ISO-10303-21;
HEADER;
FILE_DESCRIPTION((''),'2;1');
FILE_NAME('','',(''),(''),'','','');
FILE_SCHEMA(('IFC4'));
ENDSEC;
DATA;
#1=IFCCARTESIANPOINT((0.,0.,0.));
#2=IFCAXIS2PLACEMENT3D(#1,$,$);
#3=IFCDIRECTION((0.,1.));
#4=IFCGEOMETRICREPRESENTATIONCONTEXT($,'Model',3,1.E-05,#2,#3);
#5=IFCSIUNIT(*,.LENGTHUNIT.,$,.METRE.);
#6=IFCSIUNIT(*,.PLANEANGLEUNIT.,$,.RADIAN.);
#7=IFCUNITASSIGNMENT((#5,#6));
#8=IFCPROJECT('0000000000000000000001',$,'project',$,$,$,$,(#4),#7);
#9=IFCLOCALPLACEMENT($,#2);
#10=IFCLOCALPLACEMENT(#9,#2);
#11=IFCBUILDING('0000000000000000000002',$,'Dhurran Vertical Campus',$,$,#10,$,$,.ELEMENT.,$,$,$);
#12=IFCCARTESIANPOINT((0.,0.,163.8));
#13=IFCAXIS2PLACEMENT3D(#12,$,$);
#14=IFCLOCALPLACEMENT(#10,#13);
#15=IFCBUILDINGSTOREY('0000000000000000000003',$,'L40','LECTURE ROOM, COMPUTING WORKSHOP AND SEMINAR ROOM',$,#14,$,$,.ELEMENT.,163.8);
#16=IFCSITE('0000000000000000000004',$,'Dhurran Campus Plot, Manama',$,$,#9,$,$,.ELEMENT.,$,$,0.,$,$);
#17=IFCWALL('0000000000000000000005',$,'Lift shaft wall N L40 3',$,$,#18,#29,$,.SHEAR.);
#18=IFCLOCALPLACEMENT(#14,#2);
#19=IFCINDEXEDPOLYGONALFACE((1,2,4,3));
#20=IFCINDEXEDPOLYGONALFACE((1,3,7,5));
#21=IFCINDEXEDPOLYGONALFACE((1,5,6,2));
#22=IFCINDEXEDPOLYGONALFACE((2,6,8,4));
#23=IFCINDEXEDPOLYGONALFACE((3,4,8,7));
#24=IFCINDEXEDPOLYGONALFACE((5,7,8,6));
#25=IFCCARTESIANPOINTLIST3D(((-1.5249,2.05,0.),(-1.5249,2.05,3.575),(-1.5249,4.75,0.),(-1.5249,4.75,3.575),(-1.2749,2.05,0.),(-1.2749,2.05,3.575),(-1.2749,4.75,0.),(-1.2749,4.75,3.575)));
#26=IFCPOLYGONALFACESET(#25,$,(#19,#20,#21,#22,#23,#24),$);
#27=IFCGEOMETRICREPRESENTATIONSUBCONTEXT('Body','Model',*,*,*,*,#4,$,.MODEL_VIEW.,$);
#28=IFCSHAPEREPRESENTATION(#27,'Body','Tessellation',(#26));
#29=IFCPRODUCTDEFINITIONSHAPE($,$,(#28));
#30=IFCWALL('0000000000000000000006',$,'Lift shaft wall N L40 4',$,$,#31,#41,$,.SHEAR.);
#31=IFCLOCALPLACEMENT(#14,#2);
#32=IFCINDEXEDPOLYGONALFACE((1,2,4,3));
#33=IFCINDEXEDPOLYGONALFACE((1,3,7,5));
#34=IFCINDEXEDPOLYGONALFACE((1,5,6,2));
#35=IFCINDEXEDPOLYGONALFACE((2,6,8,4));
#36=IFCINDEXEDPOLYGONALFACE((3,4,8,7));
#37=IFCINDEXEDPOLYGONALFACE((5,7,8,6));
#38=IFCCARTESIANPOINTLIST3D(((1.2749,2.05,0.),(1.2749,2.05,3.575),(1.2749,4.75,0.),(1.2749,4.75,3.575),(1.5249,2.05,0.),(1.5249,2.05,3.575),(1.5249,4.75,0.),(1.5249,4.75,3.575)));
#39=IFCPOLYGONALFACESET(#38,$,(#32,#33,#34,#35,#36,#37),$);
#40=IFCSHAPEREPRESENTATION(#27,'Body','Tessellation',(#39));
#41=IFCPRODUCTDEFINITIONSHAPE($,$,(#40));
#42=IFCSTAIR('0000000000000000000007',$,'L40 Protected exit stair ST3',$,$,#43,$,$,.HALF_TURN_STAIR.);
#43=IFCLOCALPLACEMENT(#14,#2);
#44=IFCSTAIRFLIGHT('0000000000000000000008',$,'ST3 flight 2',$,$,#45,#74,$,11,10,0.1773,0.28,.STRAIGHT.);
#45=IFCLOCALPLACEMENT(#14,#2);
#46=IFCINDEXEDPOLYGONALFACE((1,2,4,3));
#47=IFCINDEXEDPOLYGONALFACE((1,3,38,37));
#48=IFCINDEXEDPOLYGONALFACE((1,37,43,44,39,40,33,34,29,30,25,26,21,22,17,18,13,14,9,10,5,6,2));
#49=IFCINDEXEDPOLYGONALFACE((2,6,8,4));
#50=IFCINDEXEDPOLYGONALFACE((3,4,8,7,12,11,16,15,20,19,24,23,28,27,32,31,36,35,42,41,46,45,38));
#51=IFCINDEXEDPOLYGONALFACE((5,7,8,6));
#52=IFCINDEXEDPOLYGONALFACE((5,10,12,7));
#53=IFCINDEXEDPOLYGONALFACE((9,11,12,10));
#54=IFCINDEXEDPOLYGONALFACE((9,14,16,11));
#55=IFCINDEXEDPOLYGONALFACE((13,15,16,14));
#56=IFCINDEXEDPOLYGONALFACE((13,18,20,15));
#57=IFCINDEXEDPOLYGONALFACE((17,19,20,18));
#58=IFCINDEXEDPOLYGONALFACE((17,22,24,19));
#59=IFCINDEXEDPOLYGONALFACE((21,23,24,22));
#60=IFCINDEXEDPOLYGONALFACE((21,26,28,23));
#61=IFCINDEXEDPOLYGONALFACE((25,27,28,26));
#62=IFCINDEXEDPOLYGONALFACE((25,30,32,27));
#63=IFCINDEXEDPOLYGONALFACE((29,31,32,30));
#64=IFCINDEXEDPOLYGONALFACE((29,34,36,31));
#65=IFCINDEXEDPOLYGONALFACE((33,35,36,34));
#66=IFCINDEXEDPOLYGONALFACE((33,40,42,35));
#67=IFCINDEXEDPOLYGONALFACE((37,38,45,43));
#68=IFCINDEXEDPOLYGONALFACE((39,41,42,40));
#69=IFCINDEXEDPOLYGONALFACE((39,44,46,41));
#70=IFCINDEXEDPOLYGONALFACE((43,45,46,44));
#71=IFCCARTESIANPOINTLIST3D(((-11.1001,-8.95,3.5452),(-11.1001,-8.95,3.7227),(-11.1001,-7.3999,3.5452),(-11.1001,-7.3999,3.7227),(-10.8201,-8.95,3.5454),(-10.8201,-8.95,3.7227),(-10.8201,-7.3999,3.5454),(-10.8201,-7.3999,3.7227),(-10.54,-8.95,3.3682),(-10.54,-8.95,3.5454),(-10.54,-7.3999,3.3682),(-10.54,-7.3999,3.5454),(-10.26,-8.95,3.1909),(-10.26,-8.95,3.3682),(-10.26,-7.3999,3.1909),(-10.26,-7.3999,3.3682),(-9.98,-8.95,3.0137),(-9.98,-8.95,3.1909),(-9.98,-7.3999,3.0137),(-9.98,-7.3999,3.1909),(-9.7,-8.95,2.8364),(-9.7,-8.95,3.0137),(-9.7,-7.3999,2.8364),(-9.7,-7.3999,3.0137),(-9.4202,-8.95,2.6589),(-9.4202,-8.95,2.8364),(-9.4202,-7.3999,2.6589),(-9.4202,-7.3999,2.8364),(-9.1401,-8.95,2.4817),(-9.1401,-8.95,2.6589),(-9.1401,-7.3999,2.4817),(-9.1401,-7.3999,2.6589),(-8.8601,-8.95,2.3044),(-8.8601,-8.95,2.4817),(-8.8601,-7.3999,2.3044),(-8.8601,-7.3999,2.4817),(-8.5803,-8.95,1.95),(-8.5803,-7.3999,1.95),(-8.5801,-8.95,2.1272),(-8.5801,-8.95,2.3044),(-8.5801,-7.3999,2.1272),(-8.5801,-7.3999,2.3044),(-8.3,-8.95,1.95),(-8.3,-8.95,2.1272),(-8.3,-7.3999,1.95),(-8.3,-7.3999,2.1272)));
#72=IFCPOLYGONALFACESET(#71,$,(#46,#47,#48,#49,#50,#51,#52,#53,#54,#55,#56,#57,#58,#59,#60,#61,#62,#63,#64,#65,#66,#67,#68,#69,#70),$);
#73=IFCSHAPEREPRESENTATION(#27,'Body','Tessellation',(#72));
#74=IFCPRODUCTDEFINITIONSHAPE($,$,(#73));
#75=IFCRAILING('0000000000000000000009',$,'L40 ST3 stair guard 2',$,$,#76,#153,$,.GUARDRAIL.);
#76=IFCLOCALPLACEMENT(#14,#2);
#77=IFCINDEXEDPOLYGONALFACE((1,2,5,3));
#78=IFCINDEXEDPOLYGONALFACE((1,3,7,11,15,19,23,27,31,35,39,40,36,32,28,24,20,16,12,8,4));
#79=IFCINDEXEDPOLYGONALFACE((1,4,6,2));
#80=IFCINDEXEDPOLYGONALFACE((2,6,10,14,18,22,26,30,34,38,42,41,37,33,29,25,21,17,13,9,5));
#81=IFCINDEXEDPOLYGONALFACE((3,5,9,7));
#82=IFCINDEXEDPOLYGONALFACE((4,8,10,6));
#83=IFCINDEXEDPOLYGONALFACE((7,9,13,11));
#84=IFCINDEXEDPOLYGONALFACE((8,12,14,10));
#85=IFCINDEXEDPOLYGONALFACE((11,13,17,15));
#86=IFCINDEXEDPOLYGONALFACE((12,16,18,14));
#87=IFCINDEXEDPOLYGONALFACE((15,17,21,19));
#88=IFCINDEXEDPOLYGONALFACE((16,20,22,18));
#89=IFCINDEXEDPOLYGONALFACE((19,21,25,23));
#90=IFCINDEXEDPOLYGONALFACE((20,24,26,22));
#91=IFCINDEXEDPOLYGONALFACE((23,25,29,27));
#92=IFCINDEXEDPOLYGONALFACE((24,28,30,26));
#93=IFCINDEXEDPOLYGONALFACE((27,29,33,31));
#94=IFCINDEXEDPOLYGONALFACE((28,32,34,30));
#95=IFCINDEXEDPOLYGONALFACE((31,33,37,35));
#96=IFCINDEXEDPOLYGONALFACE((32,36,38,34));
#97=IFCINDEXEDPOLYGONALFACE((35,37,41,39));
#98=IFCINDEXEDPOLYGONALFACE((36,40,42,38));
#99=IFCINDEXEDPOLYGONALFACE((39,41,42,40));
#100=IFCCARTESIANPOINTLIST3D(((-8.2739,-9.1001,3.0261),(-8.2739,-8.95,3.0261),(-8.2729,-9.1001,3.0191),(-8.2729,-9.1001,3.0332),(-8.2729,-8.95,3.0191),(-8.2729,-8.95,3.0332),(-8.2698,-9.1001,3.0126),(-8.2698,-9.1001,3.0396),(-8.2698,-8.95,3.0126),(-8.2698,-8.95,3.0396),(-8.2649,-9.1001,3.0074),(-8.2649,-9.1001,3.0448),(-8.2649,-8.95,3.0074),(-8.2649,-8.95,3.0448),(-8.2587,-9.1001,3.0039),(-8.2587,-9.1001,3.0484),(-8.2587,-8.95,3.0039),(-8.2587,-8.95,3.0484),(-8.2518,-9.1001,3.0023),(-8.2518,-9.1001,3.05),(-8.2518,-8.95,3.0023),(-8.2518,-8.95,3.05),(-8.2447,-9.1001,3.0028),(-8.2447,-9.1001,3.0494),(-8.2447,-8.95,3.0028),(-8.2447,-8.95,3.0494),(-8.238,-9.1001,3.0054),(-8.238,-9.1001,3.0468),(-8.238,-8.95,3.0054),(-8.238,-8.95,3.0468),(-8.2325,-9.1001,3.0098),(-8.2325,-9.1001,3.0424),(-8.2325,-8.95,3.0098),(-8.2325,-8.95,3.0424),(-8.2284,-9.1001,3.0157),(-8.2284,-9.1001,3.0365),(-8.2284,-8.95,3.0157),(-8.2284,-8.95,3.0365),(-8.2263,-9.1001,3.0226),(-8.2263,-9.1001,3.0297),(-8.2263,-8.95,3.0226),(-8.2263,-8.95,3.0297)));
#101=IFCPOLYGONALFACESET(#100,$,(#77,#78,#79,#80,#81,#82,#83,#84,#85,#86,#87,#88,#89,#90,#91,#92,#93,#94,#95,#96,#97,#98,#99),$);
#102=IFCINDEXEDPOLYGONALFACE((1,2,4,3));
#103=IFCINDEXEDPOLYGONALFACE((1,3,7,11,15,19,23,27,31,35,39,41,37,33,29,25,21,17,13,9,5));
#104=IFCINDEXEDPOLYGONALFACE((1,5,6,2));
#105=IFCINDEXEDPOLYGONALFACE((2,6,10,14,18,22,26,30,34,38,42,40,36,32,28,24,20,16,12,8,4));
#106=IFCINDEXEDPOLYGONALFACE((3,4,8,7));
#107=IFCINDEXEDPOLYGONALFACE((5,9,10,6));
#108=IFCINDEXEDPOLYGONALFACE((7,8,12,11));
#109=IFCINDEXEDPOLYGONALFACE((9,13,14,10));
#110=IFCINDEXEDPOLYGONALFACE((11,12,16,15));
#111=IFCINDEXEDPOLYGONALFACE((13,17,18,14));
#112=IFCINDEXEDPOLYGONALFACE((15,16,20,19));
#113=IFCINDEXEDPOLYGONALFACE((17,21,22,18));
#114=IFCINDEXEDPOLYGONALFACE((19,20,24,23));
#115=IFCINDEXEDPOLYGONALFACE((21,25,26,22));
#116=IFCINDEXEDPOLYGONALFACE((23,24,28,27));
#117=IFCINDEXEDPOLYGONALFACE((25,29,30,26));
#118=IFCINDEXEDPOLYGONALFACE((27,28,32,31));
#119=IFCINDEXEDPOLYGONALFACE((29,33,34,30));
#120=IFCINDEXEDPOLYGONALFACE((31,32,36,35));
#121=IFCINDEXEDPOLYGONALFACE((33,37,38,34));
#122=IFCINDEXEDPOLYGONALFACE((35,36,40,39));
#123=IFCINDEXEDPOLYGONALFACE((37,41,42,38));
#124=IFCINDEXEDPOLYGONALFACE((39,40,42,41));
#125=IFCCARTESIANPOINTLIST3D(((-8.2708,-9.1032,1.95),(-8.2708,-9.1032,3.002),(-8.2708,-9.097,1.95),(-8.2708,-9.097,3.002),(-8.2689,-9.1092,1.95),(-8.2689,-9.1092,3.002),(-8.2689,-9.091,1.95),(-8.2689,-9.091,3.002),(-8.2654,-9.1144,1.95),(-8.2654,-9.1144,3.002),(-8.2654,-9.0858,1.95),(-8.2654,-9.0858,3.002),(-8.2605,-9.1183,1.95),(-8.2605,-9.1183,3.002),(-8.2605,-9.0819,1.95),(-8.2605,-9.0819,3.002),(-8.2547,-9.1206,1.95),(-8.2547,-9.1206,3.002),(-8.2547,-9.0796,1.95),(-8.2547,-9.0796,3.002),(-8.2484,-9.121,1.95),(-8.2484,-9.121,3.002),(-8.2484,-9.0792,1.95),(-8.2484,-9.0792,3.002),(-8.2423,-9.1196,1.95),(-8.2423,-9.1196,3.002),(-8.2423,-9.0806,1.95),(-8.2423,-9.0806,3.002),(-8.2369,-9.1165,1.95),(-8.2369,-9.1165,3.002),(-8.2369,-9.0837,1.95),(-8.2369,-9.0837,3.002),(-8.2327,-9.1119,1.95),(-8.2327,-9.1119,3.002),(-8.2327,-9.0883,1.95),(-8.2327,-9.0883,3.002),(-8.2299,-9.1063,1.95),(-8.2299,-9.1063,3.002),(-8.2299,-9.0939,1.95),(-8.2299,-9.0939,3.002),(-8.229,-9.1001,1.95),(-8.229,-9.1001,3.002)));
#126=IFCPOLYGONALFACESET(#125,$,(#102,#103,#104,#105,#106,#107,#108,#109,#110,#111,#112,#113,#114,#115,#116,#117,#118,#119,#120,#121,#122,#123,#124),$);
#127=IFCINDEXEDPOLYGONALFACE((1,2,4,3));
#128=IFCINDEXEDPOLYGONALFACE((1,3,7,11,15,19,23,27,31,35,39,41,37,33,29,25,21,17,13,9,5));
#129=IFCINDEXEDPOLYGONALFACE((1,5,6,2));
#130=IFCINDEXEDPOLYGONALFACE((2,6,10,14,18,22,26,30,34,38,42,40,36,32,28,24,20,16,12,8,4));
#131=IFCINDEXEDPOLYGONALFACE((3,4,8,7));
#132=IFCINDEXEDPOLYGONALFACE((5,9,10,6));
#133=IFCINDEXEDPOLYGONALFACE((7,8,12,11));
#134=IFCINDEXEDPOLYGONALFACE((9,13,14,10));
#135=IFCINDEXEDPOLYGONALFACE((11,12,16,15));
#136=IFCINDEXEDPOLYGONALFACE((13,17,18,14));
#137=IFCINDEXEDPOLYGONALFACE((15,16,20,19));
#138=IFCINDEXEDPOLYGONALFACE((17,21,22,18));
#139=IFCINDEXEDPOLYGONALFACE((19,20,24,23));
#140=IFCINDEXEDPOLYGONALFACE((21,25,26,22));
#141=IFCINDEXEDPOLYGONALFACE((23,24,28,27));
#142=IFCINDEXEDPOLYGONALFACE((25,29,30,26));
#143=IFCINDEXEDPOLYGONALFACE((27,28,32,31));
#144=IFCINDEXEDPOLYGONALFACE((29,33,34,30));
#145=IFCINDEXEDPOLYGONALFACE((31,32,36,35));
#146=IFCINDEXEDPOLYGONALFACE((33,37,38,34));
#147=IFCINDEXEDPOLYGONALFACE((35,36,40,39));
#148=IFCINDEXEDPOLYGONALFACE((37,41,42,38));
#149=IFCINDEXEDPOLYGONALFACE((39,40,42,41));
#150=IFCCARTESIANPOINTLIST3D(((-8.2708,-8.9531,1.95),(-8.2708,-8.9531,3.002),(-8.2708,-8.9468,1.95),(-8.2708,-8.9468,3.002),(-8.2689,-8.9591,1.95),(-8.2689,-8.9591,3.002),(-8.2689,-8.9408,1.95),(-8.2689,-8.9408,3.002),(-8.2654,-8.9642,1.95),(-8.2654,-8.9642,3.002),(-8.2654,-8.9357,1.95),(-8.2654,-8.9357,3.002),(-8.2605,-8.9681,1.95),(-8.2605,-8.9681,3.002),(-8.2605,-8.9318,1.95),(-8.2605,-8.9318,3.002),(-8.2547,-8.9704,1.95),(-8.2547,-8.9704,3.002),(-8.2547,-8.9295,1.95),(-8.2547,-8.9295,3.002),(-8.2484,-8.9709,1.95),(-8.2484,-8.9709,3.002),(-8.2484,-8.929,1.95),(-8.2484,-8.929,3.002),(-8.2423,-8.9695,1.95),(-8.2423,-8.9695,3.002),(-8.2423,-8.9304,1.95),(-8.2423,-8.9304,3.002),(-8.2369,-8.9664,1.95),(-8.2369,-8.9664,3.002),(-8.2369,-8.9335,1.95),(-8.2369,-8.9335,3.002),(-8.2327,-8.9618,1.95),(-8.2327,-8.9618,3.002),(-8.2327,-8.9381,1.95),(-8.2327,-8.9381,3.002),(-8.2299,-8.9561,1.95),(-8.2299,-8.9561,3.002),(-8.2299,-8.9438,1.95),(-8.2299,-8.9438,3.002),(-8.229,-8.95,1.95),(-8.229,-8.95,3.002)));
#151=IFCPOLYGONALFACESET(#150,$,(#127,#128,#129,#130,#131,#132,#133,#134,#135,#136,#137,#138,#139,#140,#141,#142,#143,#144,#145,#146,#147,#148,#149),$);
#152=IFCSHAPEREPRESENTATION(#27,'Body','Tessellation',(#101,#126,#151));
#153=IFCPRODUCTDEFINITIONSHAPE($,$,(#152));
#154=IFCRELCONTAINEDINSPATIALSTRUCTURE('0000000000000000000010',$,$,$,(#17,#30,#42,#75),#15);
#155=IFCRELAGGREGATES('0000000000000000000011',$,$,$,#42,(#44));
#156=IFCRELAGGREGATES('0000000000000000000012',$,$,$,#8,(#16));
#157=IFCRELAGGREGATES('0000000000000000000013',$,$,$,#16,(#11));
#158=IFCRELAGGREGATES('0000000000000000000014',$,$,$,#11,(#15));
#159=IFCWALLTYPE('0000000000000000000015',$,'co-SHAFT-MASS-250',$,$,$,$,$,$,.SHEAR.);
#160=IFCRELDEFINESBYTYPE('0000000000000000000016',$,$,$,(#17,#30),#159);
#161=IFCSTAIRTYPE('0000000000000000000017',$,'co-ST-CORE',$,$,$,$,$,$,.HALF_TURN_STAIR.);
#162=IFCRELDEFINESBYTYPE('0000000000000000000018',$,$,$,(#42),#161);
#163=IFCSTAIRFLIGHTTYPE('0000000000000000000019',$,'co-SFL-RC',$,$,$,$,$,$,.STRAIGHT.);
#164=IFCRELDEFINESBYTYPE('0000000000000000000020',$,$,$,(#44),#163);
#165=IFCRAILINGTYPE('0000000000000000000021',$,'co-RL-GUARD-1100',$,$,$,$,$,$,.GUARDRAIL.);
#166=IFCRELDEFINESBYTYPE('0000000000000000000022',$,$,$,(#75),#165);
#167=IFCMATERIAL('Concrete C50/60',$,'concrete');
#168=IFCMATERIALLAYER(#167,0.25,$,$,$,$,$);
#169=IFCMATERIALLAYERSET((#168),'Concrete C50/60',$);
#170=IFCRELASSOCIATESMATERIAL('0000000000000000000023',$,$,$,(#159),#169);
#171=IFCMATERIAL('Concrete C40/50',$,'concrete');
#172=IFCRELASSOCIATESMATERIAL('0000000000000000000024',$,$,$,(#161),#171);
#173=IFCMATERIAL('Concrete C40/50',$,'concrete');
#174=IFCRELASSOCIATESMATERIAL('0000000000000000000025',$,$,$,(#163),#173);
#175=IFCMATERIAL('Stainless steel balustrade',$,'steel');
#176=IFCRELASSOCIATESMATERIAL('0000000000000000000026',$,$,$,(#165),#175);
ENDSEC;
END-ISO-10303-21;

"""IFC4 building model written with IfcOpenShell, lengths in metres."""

from ifc_helpers import new_model, si_unit, direction, frame, origin, origin_2d, place, context, subcontext, project, spatial, polyline, circle, outline, extrude, material, layer, layer_set, type_object, element, aggregate, save


model = new_model("IFC4")

# Units and contexts
model_context = context("Model", 3, precision=1e-05, world=origin(), true_north=direction((0.0, 1.0)))
body_context = subcontext(model_context, "Body", "Model", "MODEL_VIEW")
ifc_project = project(units=[si_unit("LENGTHUNIT", "METRE"), si_unit("PLANEANGLEUNIT", "RADIAN")], contexts=[model_context])

# Site, building, storey
site_placement = place(None, origin())
site = spatial("IfcSite", under=ifc_project, at=site_placement, Name="Dhurran Campus Plot, Manama", CompositionType="ELEMENT", RefElevation=0.0)
building_placement = place(site_placement, origin())
building = spatial("IfcBuilding", under=site, at=building_placement, Name="Dhurran Vertical Campus", CompositionType="ELEMENT")
storey_placement = place(building_placement, frame((0.0, 0.0, 163.8)))
storey = spatial("IfcBuildingStorey", under=building, at=storey_placement, Name="L40", Description="LECTURE ROOM, COMPUTING WORKSHOP AND SEMINAR ROOM", CompositionType="ELEMENT", Elevation=163.8)

# Walls
ifc_material_1 = material(Name="Concrete C50/60", Category="concrete")
ifc_layer_1 = layer(ifc_material_1, 0.25)
ifc_layer_set_1 = layer_set([ifc_layer_1], Name="Concrete C50/60")
wall_type_1 = type_object("IfcWallType", Name="co-SHAFT-MASS-250", PredefinedType="SHEAR", material=ifc_layer_set_1)
wall_1_placement = place(storey_placement, origin())
element("IfcWall", 1, at=wall_1_placement, inside=storey, type_object=wall_type_1, Name="Lift shaft wall N L40 3", PredefinedType="SHEAR", context=body_context, shape_type="SweptSolid", body=[
    extrude(outline(polyline([(-1.5249, 2.05), (-1.2749, 2.05), (-1.2749, 4.75), (-1.5249, 4.75), (-1.5249, 2.05)])), origin(), (0.0, 0.0, 1.0), 3.575),
])
wall_2_placement = place(storey_placement, origin())
element("IfcWall", 2, at=wall_2_placement, inside=storey, type_object=wall_type_1, Name="Lift shaft wall N L40 4", PredefinedType="SHEAR", context=body_context, shape_type="SweptSolid", body=[
    extrude(outline(polyline([(1.2749, 2.05), (1.5249, 2.05), (1.5249, 4.75), (1.2749, 4.75), (1.2749, 2.05)])), origin(), (0.0, 0.0, 1.0), 3.575),
])

# Stair, stair flight
ifc_material_2 = material(Name="Concrete C40/50", Category="concrete")
stair_type = type_object("IfcStairType", Name="co-ST-CORE", PredefinedType="HALF_TURN_STAIR", material=ifc_material_2)
stair_placement = place(storey_placement, origin())
stair = element("IfcStair", 3, at=stair_placement, inside=storey, type_object=stair_type, Name="L40 Protected exit stair ST3", PredefinedType="HALF_TURN_STAIR")
ifc_material_3 = material(Name="Concrete C40/50", Category="concrete")
stair_flight_type = type_object("IfcStairFlightType", Name="co-SFL-RC", PredefinedType="STRAIGHT", material=ifc_material_3)
stair_flight_placement = place(storey_placement, frame((-8.3, -8.175, 1.95), z_axis=(0.0, 0.0, 1.0), x_axis=(-1.0, 0.0, 0.0)))
stair_flight = element("IfcStairFlight", 4, at=stair_flight_placement, type_object=stair_flight_type, Name="ST3 flight 2", NumberOfRisers=11, NumberOfTreads=10, PredefinedType="STRAIGHT", RiserHeight=0.1773, TreadLength=0.28, context=body_context, shape_type="SweptSolid", body=[
    extrude(outline(polyline([(0.0, 0.0), (0.0, 0.1772), (0.28, 0.1772), (0.28, 0.3545), (0.5601, 0.3545), (0.5601, 0.5317), (0.8401, 0.5317), (0.8401, 0.709), (1.1201, 0.709), (1.1201, 0.8865), (1.3999, 0.8865), (1.3999, 1.0637), (1.6799, 1.0637), (1.6799, 1.241), (1.96, 1.241), (1.96, 1.4182), (2.24, 1.4182), (2.24, 1.5955), (2.52, 1.5955), (2.52, 1.7727), (2.8, 1.7727), (2.8, 1.95), (2.8, 1.5952), (0.2803, 0.0), (0.0, 0.0)])), frame((0.0, 0.7749, 0.0), z_axis=(0.0, -1.0, 0.0), x_axis=(1.0, 0.0, 0.0)), (0.0, 0.0, 1.0), 1.55),
])
aggregate(stair, [stair_flight])

# Railing
ifc_material_4 = material(Name="Stainless steel balustrade", Category="steel")
railing_type_1 = type_object("IfcRailingType", Name="co-RL-GUARD-1100", PredefinedType="GUARDRAIL", material=ifc_material_4)
railing_1_placement = place(storey_placement, frame((-8.25, -9.1001, 1.95)))
element("IfcRailing", 5, at=railing_1_placement, inside=storey, type_object=railing_type_1, Name="L40 ST3 stair guard 2", PredefinedType="GUARDRAIL", context=body_context, shape_type="SweptSolid", body=[
    extrude(circle(Radius=0.0239, at=origin_2d()), frame((0.0, 0.0, 1.0762), z_axis=(0.0, 1.0, 0.0), x_axis=(-1.0, 0.0, 0.0)), (0.0, 0.0, 1.0), 0.1501),
    extrude(circle(Radius=0.021, at=origin_2d()), origin(), (0.0, 0.0, 1.0), 1.052),
    extrude(circle(Radius=0.021, at=origin_2d()), frame((0.0, 0.1501, 0.0)), (0.0, 0.0, 1.0), 1.052),
])

save(model, "model.ifc")
